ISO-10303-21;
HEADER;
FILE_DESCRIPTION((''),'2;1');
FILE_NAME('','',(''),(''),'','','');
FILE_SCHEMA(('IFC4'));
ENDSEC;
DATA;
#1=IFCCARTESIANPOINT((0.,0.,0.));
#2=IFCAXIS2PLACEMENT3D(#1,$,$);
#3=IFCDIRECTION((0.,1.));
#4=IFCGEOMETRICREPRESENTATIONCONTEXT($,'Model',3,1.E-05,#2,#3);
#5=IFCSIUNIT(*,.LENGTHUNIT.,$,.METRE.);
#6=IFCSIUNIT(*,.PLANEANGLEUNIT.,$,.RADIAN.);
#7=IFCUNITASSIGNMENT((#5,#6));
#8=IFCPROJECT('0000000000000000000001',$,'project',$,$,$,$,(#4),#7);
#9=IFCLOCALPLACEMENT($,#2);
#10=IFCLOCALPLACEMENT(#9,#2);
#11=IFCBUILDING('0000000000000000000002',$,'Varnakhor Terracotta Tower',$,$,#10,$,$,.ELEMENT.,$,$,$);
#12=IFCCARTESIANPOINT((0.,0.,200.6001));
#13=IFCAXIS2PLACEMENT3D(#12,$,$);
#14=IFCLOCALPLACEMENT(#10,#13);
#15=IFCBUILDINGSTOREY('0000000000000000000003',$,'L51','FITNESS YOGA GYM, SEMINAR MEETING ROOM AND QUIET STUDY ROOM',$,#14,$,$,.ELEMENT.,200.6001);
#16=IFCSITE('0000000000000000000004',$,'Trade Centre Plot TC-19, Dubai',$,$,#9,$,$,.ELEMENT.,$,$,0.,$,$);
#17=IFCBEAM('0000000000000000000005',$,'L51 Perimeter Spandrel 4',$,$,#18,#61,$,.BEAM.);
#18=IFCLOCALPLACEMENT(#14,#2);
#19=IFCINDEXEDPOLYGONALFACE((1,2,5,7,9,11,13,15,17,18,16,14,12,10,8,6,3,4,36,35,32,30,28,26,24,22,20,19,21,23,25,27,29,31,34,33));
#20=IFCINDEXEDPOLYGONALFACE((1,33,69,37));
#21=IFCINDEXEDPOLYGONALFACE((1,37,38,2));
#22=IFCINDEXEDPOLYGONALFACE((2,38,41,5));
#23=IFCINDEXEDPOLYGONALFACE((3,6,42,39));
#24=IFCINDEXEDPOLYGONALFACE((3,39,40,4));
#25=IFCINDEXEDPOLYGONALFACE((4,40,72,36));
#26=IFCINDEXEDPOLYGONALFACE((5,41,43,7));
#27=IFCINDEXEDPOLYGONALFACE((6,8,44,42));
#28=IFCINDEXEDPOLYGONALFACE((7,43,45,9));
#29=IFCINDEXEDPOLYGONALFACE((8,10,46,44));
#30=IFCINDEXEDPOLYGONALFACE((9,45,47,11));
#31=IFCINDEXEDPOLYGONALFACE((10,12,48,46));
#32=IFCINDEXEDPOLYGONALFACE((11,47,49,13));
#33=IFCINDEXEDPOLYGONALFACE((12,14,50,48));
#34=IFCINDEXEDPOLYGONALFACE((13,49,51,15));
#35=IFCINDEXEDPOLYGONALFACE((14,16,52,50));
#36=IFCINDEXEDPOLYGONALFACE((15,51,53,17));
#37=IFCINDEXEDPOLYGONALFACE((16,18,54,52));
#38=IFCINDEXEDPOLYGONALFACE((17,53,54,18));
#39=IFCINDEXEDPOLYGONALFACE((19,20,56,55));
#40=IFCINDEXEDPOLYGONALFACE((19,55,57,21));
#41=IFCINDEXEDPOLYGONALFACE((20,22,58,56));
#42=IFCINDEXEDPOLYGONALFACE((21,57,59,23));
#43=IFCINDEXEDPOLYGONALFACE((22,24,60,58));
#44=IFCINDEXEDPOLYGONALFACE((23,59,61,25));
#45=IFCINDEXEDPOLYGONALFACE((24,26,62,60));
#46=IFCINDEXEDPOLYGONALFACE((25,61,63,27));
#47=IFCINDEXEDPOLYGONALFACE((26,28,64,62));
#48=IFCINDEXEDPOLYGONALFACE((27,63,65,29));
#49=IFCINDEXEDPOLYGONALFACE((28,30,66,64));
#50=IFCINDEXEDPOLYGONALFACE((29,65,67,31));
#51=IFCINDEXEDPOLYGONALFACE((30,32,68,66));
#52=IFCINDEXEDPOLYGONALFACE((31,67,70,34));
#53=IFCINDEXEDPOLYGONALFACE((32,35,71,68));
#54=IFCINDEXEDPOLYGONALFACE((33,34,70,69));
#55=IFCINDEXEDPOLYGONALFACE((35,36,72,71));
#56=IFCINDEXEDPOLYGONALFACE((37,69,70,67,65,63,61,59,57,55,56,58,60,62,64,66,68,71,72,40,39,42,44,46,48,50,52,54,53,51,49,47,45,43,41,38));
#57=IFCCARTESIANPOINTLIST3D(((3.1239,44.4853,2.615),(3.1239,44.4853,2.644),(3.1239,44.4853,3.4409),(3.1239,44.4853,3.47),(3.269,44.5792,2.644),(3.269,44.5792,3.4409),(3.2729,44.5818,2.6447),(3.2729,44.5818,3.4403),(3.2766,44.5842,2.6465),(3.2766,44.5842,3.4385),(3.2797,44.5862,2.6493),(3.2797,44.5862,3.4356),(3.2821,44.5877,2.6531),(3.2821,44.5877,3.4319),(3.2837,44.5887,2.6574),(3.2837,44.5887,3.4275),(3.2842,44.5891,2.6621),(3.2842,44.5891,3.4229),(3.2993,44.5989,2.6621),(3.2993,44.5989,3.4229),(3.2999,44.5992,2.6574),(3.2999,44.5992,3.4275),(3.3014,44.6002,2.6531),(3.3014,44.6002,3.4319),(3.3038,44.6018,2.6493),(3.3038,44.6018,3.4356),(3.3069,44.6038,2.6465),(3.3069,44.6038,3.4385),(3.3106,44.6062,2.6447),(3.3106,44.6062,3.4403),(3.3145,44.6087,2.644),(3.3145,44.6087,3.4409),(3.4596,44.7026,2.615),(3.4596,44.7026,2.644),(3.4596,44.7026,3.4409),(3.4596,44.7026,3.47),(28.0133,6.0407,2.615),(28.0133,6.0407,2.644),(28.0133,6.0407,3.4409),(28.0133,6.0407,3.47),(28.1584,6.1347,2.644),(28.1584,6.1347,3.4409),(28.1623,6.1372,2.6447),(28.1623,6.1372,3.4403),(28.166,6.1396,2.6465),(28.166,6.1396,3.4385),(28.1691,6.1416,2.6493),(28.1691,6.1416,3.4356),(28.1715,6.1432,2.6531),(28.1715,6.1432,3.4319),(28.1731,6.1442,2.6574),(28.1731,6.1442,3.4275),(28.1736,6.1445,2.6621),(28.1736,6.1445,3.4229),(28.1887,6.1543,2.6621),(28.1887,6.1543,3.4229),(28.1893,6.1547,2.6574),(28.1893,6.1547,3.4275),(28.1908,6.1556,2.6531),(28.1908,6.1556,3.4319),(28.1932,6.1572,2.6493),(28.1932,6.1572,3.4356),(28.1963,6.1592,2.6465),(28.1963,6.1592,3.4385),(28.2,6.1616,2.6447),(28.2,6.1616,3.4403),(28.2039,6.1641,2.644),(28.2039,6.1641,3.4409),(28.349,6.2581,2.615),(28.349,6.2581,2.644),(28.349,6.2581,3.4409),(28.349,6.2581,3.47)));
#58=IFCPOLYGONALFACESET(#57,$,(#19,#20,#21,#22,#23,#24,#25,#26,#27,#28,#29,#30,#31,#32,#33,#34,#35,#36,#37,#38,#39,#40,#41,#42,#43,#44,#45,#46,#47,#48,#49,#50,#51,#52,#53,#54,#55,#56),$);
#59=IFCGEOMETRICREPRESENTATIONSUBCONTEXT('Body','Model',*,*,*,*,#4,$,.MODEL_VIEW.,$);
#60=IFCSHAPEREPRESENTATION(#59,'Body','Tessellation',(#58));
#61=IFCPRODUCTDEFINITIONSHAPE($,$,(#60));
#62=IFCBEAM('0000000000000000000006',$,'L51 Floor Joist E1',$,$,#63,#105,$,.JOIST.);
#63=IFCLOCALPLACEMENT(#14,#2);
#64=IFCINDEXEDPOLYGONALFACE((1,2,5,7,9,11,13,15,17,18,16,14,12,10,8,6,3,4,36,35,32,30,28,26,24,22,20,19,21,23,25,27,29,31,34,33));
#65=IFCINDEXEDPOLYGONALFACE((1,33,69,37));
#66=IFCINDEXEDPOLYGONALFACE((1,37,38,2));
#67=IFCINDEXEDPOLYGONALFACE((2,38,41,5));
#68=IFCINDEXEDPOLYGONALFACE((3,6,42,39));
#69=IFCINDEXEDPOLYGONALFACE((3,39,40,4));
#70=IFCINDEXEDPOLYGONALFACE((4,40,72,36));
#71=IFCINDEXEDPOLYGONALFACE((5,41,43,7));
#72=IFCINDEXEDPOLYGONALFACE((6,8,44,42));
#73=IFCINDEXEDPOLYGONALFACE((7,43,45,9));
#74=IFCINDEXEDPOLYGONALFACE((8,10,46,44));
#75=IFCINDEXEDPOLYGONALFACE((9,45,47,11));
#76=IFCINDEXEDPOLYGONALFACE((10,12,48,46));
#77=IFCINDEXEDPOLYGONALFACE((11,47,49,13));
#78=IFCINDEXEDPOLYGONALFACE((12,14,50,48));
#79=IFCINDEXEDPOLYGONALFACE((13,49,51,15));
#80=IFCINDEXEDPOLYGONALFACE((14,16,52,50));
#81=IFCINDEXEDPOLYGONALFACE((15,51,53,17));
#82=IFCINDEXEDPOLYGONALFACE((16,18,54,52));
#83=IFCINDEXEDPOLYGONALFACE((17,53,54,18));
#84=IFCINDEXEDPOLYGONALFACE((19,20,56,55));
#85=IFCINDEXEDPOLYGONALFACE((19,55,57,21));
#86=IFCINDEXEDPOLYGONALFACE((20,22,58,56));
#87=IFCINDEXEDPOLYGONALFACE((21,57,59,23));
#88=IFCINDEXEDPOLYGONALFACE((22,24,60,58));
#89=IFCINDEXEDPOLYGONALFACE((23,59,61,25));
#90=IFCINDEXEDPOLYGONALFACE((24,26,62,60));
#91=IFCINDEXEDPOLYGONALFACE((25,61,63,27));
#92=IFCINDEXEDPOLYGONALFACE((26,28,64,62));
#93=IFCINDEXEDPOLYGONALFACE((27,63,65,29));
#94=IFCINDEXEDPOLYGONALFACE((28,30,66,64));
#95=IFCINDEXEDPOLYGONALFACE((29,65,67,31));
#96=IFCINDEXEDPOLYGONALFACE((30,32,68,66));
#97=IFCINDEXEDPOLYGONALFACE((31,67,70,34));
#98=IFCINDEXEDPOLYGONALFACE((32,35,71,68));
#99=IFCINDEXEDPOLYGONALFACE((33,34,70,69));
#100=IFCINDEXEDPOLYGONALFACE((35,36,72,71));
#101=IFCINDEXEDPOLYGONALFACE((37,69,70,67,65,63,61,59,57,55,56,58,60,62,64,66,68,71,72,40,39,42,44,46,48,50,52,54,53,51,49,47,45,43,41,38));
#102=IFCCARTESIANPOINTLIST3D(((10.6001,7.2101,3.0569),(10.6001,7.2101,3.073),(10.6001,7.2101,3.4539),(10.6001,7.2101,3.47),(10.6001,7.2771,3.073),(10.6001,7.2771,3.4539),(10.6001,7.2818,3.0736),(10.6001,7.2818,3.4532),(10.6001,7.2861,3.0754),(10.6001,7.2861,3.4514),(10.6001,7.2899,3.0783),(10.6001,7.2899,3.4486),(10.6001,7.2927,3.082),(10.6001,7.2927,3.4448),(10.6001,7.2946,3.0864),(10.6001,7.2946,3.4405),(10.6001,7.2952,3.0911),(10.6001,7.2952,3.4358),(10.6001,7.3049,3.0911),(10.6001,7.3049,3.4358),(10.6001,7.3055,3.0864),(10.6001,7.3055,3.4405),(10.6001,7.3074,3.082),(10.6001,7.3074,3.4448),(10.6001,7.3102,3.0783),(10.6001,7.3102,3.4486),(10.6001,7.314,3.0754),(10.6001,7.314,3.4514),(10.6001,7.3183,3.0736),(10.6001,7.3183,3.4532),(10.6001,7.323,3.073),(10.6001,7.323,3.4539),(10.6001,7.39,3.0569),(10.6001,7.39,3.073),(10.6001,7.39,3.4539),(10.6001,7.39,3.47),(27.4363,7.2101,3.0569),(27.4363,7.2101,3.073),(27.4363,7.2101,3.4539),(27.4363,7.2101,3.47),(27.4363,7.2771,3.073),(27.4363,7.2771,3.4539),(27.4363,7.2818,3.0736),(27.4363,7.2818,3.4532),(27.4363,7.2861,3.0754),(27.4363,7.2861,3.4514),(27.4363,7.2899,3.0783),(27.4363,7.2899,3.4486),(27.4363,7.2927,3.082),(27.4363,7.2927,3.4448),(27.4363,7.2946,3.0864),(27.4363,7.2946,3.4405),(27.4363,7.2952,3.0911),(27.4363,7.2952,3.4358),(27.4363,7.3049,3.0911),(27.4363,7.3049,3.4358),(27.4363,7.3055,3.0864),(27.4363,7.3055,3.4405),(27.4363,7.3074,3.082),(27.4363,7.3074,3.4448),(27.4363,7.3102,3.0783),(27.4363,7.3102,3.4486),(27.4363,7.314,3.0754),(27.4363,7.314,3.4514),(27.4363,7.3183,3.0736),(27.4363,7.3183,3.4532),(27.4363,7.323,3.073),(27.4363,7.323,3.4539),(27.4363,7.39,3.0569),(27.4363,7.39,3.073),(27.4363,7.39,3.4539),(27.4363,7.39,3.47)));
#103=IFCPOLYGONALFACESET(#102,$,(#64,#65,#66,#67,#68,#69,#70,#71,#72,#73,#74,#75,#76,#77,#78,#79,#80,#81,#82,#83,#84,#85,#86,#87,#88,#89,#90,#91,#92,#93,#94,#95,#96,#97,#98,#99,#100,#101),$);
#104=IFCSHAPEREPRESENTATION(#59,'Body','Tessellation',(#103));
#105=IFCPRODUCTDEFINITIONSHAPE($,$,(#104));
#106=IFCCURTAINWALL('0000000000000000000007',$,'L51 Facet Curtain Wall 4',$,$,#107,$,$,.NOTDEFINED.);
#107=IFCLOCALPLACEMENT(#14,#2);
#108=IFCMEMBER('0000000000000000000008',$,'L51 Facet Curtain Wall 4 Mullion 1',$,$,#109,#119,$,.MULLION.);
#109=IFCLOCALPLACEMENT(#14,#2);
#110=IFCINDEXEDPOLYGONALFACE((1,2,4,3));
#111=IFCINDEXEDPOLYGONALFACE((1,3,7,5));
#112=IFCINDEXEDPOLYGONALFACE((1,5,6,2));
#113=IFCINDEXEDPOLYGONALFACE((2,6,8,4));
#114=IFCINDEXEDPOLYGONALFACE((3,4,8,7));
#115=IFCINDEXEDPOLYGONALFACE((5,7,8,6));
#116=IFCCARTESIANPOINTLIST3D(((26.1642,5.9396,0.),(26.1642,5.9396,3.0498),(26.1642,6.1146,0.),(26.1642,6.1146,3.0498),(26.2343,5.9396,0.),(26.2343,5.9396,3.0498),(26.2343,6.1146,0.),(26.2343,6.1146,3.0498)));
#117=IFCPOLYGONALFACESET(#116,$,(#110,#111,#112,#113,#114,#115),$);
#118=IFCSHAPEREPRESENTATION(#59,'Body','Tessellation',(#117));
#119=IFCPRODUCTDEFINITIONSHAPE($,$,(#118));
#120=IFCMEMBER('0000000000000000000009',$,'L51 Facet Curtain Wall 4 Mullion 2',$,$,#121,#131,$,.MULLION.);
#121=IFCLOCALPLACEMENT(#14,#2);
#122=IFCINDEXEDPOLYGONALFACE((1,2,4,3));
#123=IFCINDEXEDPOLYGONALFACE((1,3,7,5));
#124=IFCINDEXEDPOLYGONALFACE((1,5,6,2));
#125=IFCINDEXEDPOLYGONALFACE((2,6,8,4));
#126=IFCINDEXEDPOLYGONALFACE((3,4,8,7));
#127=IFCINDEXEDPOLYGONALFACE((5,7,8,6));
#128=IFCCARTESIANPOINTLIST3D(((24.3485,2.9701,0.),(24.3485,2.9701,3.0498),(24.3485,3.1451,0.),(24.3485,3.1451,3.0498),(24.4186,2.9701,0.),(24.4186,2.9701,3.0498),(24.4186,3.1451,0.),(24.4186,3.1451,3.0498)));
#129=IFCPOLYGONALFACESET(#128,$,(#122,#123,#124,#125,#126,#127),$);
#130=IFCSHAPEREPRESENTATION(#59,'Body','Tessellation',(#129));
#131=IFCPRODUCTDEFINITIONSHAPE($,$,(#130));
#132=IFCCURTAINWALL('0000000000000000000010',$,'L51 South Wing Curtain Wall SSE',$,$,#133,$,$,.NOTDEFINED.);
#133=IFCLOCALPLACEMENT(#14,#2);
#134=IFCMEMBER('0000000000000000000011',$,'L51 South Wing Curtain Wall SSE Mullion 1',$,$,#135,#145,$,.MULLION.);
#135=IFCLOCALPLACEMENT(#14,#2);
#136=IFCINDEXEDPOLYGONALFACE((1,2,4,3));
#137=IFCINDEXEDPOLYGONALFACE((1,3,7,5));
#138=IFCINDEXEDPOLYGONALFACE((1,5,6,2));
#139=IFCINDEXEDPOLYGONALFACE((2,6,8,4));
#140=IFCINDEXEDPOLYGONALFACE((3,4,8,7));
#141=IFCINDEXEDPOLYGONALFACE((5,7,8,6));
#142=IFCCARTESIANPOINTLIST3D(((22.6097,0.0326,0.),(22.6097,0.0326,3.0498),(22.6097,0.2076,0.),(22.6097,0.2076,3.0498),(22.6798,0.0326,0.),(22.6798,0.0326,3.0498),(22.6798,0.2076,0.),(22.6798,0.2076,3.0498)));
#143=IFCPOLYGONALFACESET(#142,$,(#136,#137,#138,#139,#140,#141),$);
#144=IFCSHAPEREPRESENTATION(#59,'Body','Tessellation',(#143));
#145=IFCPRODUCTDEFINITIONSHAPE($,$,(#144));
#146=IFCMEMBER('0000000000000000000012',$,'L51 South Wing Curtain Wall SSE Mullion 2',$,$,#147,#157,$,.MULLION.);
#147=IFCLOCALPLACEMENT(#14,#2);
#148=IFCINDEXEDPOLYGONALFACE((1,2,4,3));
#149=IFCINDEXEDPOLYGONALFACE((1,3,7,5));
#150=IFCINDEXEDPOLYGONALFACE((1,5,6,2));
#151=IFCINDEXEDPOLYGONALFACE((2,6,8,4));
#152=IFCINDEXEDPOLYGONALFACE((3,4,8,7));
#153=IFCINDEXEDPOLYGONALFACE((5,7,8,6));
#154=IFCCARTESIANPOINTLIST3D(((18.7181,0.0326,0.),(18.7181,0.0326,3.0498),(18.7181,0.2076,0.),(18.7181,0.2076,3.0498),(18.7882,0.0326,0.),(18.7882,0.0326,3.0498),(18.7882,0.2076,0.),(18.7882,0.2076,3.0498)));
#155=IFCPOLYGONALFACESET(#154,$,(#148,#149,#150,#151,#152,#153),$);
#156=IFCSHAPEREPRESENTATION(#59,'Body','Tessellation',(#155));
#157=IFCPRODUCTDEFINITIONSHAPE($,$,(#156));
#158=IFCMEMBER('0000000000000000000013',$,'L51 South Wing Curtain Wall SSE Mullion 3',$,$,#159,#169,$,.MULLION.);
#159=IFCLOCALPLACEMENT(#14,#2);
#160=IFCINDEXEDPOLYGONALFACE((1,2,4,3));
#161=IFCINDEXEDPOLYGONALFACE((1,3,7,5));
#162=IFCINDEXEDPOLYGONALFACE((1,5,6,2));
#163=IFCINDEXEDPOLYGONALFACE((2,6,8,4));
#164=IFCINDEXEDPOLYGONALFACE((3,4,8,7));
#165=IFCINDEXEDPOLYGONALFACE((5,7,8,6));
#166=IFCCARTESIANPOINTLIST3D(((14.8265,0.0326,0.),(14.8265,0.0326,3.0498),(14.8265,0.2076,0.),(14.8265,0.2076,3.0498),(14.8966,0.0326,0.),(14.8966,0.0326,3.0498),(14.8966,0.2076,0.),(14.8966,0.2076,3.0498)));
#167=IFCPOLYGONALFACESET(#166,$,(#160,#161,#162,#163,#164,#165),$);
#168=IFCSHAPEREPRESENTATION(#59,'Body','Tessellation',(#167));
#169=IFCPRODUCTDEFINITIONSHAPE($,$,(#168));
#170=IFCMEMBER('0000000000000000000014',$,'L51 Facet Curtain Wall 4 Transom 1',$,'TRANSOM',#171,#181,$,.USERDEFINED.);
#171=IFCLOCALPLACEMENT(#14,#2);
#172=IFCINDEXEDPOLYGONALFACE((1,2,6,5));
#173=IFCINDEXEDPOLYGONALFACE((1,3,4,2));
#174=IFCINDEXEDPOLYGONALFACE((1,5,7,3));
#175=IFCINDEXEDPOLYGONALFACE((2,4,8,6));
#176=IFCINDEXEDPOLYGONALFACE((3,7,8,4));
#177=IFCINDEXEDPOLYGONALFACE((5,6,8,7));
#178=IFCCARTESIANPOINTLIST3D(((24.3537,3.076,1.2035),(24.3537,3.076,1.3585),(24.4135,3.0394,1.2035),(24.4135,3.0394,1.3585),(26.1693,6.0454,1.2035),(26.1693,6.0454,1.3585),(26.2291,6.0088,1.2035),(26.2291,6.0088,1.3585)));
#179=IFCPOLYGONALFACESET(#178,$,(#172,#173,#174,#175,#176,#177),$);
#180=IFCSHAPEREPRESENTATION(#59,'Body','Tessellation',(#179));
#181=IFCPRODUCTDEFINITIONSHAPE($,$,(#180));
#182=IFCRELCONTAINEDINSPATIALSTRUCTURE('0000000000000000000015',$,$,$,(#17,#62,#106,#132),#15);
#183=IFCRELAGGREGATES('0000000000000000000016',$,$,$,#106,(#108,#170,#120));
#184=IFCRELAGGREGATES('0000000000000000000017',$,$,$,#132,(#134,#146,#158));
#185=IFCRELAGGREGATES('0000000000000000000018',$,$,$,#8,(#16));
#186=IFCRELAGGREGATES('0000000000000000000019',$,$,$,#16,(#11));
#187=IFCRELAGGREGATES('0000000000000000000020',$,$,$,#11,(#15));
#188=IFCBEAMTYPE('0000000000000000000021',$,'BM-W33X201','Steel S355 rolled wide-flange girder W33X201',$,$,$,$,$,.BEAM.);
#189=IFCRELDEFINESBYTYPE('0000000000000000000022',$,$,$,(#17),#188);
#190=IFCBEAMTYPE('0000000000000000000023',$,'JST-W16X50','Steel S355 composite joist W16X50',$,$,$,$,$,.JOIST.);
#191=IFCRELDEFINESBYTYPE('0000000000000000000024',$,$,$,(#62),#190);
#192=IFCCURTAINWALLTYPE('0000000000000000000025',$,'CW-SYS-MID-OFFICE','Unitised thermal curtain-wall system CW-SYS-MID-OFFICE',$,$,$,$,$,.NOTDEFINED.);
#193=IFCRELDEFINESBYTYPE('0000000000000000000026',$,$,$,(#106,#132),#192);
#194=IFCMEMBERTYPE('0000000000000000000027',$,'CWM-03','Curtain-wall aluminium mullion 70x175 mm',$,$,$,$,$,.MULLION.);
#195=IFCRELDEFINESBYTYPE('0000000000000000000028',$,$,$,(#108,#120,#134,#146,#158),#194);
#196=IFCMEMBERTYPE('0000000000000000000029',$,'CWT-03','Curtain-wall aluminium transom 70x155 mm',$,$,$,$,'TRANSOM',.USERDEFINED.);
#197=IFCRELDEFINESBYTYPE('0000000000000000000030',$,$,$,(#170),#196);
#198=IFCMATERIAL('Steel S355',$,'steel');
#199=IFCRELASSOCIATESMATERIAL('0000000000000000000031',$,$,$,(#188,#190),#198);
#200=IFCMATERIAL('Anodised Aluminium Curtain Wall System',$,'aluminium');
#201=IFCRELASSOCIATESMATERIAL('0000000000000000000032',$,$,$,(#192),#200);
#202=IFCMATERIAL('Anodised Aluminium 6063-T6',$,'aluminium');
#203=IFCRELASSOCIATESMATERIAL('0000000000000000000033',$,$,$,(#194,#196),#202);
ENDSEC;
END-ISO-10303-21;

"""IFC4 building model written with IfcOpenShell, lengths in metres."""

from ifc_helpers import new_model, si_unit, direction, frame, origin, origin_2d, place, context, subcontext, project, spatial, rectangle, i_section, extrude, source, transform, mapped, material, material_profile, profile_set, type_object, type_shapes, element, aggregate, save


model = new_model("IFC4")

# Units and contexts
model_context = context("Model", 3, precision=1e-05, world=origin(), true_north=direction((0.0, 1.0)))
body_context = subcontext(model_context, "Body", "Model", "MODEL_VIEW")
ifc_project = project(units=[si_unit("LENGTHUNIT", "METRE"), si_unit("PLANEANGLEUNIT", "RADIAN")], contexts=[model_context])

# Site, building, storey
site_placement = place(None, origin())
site = spatial("IfcSite", under=ifc_project, at=site_placement, Name="Trade Centre Plot TC-19, Dubai", CompositionType="ELEMENT", RefElevation=0.0)
building_placement = place(site_placement, origin())
building = spatial("IfcBuilding", under=site, at=building_placement, Name="Varnakhor Terracotta Tower", CompositionType="ELEMENT")
storey_placement = place(building_placement, frame((0.0, 0.0, 200.6001)))
storey = spatial("IfcBuildingStorey", under=building, at=storey_placement, Name="L51", Description="FITNESS YOGA GYM, SEMINAR MEETING ROOM AND QUIET STUDY ROOM", CompositionType="ELEMENT", Elevation=200.6001)

# Beams
ifc_material_1 = material(Name="Steel S355", Category="steel")
ifc_material_profile_1 = material_profile(ifc_material_1, i_section(OverallWidth=0.3999, OverallDepth=0.855, WebThickness=0.0181, FlangeThickness=0.0291, FilletRadius=0.0181, at=origin_2d()), Name="W33X201")
ifc_profile_set_1 = profile_set([ifc_material_profile_1], Name="Steel S355")
beam_type_1 = type_object("IfcBeamType", Name="BM-W33X201", Description="Steel S355 rolled wide-flange girder W33X201", PredefinedType="BEAM", material=ifc_profile_set_1)
shared_shape_1 = source(origin(), body_context, "Body", "SweptSolid", [
    extrude(i_section(OverallWidth=0.3999, OverallDepth=0.855, WebThickness=0.0181, FlangeThickness=0.0291, FilletRadius=0.0181, at=origin_2d()), origin(), (0.0, 0.0, 1.0), 45.7981),
])
beam_1_placement = place(storey_placement, frame((28.1812, 6.1494, 3.0425), z_axis=(-0.543459, 0.839436, 0.0), x_axis=(-0.839436, -0.543459, 0.0)))
element("IfcBeam", 1, at=beam_1_placement, inside=storey, type_object=beam_type_1, Name="L51 Perimeter Spandrel 4", PredefinedType="BEAM", context=body_context, shape_type="MappedRepresentation", body=[
    mapped(shared_shape_1, transform((0.0, 0.0, 0.0), scale=1.0)),
])
ifc_material_profile_2 = material_profile(ifc_material_1, i_section(OverallWidth=0.1799, OverallDepth=0.4131, WebThickness=0.0098, FlangeThickness=0.0161, FilletRadius=0.0181, at=origin_2d()), Name="W16X50")
ifc_profile_set_2 = profile_set([ifc_material_profile_2], Name="Steel S355")
beam_type_2 = type_object("IfcBeamType", Name="JST-W16X50", Description="Steel S355 composite joist W16X50", PredefinedType="JOIST", material=ifc_profile_set_2)
shared_shape_2 = source(origin(), body_context, "Body", "SweptSolid", [
    extrude(i_section(OverallWidth=0.1799, OverallDepth=0.4131, WebThickness=0.0098, FlangeThickness=0.0161, FilletRadius=0.0181, at=origin_2d()), origin(), (0.0, 0.0, 1.0), 16.8362),
])
beam_2_placement = place(storey_placement, frame((10.6001, 7.3, 3.2634), z_axis=(1.0, 0.0, 0.0), x_axis=(0.0, 1.0, 0.0)))
element("IfcBeam", 2, at=beam_2_placement, inside=storey, type_object=beam_type_2, Name="L51 Floor Joist E1", PredefinedType="JOIST", context=body_context, shape_type="MappedRepresentation", body=[
    mapped(shared_shape_2, transform((0.0, 0.0, 0.0), scale=1.0)),
])

# Curtain walls, members
ifc_material_2 = material(Name="Anodised Aluminium Curtain Wall System", Category="aluminium")
curtain_wall_type = type_object("IfcCurtainWallType", Name="CW-SYS-MID-OFFICE", Description="Unitised thermal curtain-wall system CW-SYS-MID-OFFICE", PredefinedType="NOTDEFINED", material=ifc_material_2)
curtain_wall_1_placement = place(storey_placement, origin())
curtain_wall_1 = element("IfcCurtainWall", 3, at=curtain_wall_1_placement, inside=storey, type_object=curtain_wall_type, Name="L51 Facet Curtain Wall 4", PredefinedType="NOTDEFINED")
ifc_material_3 = material(Name="Anodised Aluminium 6063-T6", Category="aluminium")
ifc_material_profile_3 = material_profile(ifc_material_3, rectangle(XDim=0.0701, YDim=0.175, at=origin_2d()), Name="ALU MULLION 70x175")
ifc_profile_set_3 = profile_set([ifc_material_profile_3], Name="Anodised Aluminium 6063-T6")
member_type_1 = type_object("IfcMemberType", Name="CWM-03", Description="Curtain-wall aluminium mullion 70x175 mm", PredefinedType="MULLION", material=ifc_profile_set_3)
shared_shape_3 = source(origin(), body_context, "Body", "SweptSolid", [
    extrude(rectangle(XDim=0.0701, YDim=0.175, at=origin_2d()), origin(), (0.0, 0.0, 1.0), 3.0498),
])
type_shapes(member_type_1, [shared_shape_3])
member_1_placement = place(storey_placement, frame((26.1992, 6.0271, 0.0), z_axis=(0.0, 0.0, 1.0), x_axis=(1.0, 0.0, 0.0)))
member_1 = element("IfcMember", 4, at=member_1_placement, type_object=member_type_1, Name="L51 Facet Curtain Wall 4 Mullion 1", PredefinedType="MULLION", context=body_context, shape_type="MappedRepresentation", body=[
    mapped(shared_shape_3, transform((0.0, 0.0, 0.0), scale=1.0)),
])
member_2_placement = place(storey_placement, frame((24.3835, 3.0576, 0.0), z_axis=(0.0, 0.0, 1.0), x_axis=(1.0, 0.0, 0.0)))
member_2 = element("IfcMember", 5, at=member_2_placement, type_object=member_type_1, Name="L51 Facet Curtain Wall 4 Mullion 2", PredefinedType="MULLION", context=body_context, shape_type="MappedRepresentation", body=[
    mapped(shared_shape_3, transform((0.0, 0.0, 0.0), scale=1.0)),
])
curtain_wall_2_placement = place(storey_placement, origin())
curtain_wall_2 = element("IfcCurtainWall", 6, at=curtain_wall_2_placement, inside=storey, type_object=curtain_wall_type, Name="L51 South Wing Curtain Wall SSE", PredefinedType="NOTDEFINED")
member_3_placement = place(storey_placement, frame((22.6448, 0.1201, 0.0), z_axis=(0.0, 0.0, 1.0), x_axis=(1.0, 0.0, 0.0)))
member_3 = element("IfcMember", 7, at=member_3_placement, type_object=member_type_1, Name="L51 South Wing Curtain Wall SSE Mullion 1", PredefinedType="MULLION", context=body_context, shape_type="MappedRepresentation", body=[
    mapped(shared_shape_3, transform((0.0, 0.0, 0.0), scale=1.0)),
])
member_4_placement = place(storey_placement, frame((18.7532, 0.1201, 0.0), z_axis=(0.0, 0.0, 1.0), x_axis=(1.0, 0.0, 0.0)))
member_4 = element("IfcMember", 8, at=member_4_placement, type_object=member_type_1, Name="L51 South Wing Curtain Wall SSE Mullion 2", PredefinedType="MULLION", context=body_context, shape_type="MappedRepresentation", body=[
    mapped(shared_shape_3, transform((0.0, 0.0, 0.0), scale=1.0)),
])
member_5_placement = place(storey_placement, frame((14.8616, 0.1201, 0.0), z_axis=(0.0, 0.0, 1.0), x_axis=(1.0, 0.0, 0.0)))
member_5 = element("IfcMember", 9, at=member_5_placement, type_object=member_type_1, Name="L51 South Wing Curtain Wall SSE Mullion 3", PredefinedType="MULLION", context=body_context, shape_type="MappedRepresentation", body=[
    mapped(shared_shape_3, transform((0.0, 0.0, 0.0), scale=1.0)),
])

# Member
ifc_material_profile_4 = material_profile(ifc_material_3, rectangle(XDim=0.0701, YDim=0.155, at=origin_2d()), Name="ALU TRANSOM 70x155")
ifc_profile_set_4 = profile_set([ifc_material_profile_4], Name="Anodised Aluminium 6063-T6")
member_type_2 = type_object("IfcMemberType", Name="CWT-03", Description="Curtain-wall aluminium transom 70x155 mm", ElementType="TRANSOM", PredefinedType="USERDEFINED", material=ifc_profile_set_4)
shared_shape_4 = source(origin(), body_context, "Body", "SweptSolid", [
    extrude(rectangle(XDim=0.0701, YDim=0.155, at=origin_2d()), origin(), (0.0, 0.0, 1.0), 3.4805),
])
member_6_placement = place(storey_placement, frame((26.1992, 6.0271, 1.281), z_axis=(-0.521657, -0.853155, 0.0), x_axis=(0.853155, -0.521657, 0.0)))
member_6 = element("IfcMember", 10, at=member_6_placement, type_object=member_type_2, Name="L51 Facet Curtain Wall 4 Transom 1", ObjectType="TRANSOM", PredefinedType="USERDEFINED", context=body_context, shape_type="MappedRepresentation", body=[
    mapped(shared_shape_4, transform((0.0, 0.0, 0.0), scale=1.0)),
])

aggregate(curtain_wall_1, [member_1, member_6, member_2])
aggregate(curtain_wall_2, [member_3, member_4, member_5])

save(model, "model.ifc")
